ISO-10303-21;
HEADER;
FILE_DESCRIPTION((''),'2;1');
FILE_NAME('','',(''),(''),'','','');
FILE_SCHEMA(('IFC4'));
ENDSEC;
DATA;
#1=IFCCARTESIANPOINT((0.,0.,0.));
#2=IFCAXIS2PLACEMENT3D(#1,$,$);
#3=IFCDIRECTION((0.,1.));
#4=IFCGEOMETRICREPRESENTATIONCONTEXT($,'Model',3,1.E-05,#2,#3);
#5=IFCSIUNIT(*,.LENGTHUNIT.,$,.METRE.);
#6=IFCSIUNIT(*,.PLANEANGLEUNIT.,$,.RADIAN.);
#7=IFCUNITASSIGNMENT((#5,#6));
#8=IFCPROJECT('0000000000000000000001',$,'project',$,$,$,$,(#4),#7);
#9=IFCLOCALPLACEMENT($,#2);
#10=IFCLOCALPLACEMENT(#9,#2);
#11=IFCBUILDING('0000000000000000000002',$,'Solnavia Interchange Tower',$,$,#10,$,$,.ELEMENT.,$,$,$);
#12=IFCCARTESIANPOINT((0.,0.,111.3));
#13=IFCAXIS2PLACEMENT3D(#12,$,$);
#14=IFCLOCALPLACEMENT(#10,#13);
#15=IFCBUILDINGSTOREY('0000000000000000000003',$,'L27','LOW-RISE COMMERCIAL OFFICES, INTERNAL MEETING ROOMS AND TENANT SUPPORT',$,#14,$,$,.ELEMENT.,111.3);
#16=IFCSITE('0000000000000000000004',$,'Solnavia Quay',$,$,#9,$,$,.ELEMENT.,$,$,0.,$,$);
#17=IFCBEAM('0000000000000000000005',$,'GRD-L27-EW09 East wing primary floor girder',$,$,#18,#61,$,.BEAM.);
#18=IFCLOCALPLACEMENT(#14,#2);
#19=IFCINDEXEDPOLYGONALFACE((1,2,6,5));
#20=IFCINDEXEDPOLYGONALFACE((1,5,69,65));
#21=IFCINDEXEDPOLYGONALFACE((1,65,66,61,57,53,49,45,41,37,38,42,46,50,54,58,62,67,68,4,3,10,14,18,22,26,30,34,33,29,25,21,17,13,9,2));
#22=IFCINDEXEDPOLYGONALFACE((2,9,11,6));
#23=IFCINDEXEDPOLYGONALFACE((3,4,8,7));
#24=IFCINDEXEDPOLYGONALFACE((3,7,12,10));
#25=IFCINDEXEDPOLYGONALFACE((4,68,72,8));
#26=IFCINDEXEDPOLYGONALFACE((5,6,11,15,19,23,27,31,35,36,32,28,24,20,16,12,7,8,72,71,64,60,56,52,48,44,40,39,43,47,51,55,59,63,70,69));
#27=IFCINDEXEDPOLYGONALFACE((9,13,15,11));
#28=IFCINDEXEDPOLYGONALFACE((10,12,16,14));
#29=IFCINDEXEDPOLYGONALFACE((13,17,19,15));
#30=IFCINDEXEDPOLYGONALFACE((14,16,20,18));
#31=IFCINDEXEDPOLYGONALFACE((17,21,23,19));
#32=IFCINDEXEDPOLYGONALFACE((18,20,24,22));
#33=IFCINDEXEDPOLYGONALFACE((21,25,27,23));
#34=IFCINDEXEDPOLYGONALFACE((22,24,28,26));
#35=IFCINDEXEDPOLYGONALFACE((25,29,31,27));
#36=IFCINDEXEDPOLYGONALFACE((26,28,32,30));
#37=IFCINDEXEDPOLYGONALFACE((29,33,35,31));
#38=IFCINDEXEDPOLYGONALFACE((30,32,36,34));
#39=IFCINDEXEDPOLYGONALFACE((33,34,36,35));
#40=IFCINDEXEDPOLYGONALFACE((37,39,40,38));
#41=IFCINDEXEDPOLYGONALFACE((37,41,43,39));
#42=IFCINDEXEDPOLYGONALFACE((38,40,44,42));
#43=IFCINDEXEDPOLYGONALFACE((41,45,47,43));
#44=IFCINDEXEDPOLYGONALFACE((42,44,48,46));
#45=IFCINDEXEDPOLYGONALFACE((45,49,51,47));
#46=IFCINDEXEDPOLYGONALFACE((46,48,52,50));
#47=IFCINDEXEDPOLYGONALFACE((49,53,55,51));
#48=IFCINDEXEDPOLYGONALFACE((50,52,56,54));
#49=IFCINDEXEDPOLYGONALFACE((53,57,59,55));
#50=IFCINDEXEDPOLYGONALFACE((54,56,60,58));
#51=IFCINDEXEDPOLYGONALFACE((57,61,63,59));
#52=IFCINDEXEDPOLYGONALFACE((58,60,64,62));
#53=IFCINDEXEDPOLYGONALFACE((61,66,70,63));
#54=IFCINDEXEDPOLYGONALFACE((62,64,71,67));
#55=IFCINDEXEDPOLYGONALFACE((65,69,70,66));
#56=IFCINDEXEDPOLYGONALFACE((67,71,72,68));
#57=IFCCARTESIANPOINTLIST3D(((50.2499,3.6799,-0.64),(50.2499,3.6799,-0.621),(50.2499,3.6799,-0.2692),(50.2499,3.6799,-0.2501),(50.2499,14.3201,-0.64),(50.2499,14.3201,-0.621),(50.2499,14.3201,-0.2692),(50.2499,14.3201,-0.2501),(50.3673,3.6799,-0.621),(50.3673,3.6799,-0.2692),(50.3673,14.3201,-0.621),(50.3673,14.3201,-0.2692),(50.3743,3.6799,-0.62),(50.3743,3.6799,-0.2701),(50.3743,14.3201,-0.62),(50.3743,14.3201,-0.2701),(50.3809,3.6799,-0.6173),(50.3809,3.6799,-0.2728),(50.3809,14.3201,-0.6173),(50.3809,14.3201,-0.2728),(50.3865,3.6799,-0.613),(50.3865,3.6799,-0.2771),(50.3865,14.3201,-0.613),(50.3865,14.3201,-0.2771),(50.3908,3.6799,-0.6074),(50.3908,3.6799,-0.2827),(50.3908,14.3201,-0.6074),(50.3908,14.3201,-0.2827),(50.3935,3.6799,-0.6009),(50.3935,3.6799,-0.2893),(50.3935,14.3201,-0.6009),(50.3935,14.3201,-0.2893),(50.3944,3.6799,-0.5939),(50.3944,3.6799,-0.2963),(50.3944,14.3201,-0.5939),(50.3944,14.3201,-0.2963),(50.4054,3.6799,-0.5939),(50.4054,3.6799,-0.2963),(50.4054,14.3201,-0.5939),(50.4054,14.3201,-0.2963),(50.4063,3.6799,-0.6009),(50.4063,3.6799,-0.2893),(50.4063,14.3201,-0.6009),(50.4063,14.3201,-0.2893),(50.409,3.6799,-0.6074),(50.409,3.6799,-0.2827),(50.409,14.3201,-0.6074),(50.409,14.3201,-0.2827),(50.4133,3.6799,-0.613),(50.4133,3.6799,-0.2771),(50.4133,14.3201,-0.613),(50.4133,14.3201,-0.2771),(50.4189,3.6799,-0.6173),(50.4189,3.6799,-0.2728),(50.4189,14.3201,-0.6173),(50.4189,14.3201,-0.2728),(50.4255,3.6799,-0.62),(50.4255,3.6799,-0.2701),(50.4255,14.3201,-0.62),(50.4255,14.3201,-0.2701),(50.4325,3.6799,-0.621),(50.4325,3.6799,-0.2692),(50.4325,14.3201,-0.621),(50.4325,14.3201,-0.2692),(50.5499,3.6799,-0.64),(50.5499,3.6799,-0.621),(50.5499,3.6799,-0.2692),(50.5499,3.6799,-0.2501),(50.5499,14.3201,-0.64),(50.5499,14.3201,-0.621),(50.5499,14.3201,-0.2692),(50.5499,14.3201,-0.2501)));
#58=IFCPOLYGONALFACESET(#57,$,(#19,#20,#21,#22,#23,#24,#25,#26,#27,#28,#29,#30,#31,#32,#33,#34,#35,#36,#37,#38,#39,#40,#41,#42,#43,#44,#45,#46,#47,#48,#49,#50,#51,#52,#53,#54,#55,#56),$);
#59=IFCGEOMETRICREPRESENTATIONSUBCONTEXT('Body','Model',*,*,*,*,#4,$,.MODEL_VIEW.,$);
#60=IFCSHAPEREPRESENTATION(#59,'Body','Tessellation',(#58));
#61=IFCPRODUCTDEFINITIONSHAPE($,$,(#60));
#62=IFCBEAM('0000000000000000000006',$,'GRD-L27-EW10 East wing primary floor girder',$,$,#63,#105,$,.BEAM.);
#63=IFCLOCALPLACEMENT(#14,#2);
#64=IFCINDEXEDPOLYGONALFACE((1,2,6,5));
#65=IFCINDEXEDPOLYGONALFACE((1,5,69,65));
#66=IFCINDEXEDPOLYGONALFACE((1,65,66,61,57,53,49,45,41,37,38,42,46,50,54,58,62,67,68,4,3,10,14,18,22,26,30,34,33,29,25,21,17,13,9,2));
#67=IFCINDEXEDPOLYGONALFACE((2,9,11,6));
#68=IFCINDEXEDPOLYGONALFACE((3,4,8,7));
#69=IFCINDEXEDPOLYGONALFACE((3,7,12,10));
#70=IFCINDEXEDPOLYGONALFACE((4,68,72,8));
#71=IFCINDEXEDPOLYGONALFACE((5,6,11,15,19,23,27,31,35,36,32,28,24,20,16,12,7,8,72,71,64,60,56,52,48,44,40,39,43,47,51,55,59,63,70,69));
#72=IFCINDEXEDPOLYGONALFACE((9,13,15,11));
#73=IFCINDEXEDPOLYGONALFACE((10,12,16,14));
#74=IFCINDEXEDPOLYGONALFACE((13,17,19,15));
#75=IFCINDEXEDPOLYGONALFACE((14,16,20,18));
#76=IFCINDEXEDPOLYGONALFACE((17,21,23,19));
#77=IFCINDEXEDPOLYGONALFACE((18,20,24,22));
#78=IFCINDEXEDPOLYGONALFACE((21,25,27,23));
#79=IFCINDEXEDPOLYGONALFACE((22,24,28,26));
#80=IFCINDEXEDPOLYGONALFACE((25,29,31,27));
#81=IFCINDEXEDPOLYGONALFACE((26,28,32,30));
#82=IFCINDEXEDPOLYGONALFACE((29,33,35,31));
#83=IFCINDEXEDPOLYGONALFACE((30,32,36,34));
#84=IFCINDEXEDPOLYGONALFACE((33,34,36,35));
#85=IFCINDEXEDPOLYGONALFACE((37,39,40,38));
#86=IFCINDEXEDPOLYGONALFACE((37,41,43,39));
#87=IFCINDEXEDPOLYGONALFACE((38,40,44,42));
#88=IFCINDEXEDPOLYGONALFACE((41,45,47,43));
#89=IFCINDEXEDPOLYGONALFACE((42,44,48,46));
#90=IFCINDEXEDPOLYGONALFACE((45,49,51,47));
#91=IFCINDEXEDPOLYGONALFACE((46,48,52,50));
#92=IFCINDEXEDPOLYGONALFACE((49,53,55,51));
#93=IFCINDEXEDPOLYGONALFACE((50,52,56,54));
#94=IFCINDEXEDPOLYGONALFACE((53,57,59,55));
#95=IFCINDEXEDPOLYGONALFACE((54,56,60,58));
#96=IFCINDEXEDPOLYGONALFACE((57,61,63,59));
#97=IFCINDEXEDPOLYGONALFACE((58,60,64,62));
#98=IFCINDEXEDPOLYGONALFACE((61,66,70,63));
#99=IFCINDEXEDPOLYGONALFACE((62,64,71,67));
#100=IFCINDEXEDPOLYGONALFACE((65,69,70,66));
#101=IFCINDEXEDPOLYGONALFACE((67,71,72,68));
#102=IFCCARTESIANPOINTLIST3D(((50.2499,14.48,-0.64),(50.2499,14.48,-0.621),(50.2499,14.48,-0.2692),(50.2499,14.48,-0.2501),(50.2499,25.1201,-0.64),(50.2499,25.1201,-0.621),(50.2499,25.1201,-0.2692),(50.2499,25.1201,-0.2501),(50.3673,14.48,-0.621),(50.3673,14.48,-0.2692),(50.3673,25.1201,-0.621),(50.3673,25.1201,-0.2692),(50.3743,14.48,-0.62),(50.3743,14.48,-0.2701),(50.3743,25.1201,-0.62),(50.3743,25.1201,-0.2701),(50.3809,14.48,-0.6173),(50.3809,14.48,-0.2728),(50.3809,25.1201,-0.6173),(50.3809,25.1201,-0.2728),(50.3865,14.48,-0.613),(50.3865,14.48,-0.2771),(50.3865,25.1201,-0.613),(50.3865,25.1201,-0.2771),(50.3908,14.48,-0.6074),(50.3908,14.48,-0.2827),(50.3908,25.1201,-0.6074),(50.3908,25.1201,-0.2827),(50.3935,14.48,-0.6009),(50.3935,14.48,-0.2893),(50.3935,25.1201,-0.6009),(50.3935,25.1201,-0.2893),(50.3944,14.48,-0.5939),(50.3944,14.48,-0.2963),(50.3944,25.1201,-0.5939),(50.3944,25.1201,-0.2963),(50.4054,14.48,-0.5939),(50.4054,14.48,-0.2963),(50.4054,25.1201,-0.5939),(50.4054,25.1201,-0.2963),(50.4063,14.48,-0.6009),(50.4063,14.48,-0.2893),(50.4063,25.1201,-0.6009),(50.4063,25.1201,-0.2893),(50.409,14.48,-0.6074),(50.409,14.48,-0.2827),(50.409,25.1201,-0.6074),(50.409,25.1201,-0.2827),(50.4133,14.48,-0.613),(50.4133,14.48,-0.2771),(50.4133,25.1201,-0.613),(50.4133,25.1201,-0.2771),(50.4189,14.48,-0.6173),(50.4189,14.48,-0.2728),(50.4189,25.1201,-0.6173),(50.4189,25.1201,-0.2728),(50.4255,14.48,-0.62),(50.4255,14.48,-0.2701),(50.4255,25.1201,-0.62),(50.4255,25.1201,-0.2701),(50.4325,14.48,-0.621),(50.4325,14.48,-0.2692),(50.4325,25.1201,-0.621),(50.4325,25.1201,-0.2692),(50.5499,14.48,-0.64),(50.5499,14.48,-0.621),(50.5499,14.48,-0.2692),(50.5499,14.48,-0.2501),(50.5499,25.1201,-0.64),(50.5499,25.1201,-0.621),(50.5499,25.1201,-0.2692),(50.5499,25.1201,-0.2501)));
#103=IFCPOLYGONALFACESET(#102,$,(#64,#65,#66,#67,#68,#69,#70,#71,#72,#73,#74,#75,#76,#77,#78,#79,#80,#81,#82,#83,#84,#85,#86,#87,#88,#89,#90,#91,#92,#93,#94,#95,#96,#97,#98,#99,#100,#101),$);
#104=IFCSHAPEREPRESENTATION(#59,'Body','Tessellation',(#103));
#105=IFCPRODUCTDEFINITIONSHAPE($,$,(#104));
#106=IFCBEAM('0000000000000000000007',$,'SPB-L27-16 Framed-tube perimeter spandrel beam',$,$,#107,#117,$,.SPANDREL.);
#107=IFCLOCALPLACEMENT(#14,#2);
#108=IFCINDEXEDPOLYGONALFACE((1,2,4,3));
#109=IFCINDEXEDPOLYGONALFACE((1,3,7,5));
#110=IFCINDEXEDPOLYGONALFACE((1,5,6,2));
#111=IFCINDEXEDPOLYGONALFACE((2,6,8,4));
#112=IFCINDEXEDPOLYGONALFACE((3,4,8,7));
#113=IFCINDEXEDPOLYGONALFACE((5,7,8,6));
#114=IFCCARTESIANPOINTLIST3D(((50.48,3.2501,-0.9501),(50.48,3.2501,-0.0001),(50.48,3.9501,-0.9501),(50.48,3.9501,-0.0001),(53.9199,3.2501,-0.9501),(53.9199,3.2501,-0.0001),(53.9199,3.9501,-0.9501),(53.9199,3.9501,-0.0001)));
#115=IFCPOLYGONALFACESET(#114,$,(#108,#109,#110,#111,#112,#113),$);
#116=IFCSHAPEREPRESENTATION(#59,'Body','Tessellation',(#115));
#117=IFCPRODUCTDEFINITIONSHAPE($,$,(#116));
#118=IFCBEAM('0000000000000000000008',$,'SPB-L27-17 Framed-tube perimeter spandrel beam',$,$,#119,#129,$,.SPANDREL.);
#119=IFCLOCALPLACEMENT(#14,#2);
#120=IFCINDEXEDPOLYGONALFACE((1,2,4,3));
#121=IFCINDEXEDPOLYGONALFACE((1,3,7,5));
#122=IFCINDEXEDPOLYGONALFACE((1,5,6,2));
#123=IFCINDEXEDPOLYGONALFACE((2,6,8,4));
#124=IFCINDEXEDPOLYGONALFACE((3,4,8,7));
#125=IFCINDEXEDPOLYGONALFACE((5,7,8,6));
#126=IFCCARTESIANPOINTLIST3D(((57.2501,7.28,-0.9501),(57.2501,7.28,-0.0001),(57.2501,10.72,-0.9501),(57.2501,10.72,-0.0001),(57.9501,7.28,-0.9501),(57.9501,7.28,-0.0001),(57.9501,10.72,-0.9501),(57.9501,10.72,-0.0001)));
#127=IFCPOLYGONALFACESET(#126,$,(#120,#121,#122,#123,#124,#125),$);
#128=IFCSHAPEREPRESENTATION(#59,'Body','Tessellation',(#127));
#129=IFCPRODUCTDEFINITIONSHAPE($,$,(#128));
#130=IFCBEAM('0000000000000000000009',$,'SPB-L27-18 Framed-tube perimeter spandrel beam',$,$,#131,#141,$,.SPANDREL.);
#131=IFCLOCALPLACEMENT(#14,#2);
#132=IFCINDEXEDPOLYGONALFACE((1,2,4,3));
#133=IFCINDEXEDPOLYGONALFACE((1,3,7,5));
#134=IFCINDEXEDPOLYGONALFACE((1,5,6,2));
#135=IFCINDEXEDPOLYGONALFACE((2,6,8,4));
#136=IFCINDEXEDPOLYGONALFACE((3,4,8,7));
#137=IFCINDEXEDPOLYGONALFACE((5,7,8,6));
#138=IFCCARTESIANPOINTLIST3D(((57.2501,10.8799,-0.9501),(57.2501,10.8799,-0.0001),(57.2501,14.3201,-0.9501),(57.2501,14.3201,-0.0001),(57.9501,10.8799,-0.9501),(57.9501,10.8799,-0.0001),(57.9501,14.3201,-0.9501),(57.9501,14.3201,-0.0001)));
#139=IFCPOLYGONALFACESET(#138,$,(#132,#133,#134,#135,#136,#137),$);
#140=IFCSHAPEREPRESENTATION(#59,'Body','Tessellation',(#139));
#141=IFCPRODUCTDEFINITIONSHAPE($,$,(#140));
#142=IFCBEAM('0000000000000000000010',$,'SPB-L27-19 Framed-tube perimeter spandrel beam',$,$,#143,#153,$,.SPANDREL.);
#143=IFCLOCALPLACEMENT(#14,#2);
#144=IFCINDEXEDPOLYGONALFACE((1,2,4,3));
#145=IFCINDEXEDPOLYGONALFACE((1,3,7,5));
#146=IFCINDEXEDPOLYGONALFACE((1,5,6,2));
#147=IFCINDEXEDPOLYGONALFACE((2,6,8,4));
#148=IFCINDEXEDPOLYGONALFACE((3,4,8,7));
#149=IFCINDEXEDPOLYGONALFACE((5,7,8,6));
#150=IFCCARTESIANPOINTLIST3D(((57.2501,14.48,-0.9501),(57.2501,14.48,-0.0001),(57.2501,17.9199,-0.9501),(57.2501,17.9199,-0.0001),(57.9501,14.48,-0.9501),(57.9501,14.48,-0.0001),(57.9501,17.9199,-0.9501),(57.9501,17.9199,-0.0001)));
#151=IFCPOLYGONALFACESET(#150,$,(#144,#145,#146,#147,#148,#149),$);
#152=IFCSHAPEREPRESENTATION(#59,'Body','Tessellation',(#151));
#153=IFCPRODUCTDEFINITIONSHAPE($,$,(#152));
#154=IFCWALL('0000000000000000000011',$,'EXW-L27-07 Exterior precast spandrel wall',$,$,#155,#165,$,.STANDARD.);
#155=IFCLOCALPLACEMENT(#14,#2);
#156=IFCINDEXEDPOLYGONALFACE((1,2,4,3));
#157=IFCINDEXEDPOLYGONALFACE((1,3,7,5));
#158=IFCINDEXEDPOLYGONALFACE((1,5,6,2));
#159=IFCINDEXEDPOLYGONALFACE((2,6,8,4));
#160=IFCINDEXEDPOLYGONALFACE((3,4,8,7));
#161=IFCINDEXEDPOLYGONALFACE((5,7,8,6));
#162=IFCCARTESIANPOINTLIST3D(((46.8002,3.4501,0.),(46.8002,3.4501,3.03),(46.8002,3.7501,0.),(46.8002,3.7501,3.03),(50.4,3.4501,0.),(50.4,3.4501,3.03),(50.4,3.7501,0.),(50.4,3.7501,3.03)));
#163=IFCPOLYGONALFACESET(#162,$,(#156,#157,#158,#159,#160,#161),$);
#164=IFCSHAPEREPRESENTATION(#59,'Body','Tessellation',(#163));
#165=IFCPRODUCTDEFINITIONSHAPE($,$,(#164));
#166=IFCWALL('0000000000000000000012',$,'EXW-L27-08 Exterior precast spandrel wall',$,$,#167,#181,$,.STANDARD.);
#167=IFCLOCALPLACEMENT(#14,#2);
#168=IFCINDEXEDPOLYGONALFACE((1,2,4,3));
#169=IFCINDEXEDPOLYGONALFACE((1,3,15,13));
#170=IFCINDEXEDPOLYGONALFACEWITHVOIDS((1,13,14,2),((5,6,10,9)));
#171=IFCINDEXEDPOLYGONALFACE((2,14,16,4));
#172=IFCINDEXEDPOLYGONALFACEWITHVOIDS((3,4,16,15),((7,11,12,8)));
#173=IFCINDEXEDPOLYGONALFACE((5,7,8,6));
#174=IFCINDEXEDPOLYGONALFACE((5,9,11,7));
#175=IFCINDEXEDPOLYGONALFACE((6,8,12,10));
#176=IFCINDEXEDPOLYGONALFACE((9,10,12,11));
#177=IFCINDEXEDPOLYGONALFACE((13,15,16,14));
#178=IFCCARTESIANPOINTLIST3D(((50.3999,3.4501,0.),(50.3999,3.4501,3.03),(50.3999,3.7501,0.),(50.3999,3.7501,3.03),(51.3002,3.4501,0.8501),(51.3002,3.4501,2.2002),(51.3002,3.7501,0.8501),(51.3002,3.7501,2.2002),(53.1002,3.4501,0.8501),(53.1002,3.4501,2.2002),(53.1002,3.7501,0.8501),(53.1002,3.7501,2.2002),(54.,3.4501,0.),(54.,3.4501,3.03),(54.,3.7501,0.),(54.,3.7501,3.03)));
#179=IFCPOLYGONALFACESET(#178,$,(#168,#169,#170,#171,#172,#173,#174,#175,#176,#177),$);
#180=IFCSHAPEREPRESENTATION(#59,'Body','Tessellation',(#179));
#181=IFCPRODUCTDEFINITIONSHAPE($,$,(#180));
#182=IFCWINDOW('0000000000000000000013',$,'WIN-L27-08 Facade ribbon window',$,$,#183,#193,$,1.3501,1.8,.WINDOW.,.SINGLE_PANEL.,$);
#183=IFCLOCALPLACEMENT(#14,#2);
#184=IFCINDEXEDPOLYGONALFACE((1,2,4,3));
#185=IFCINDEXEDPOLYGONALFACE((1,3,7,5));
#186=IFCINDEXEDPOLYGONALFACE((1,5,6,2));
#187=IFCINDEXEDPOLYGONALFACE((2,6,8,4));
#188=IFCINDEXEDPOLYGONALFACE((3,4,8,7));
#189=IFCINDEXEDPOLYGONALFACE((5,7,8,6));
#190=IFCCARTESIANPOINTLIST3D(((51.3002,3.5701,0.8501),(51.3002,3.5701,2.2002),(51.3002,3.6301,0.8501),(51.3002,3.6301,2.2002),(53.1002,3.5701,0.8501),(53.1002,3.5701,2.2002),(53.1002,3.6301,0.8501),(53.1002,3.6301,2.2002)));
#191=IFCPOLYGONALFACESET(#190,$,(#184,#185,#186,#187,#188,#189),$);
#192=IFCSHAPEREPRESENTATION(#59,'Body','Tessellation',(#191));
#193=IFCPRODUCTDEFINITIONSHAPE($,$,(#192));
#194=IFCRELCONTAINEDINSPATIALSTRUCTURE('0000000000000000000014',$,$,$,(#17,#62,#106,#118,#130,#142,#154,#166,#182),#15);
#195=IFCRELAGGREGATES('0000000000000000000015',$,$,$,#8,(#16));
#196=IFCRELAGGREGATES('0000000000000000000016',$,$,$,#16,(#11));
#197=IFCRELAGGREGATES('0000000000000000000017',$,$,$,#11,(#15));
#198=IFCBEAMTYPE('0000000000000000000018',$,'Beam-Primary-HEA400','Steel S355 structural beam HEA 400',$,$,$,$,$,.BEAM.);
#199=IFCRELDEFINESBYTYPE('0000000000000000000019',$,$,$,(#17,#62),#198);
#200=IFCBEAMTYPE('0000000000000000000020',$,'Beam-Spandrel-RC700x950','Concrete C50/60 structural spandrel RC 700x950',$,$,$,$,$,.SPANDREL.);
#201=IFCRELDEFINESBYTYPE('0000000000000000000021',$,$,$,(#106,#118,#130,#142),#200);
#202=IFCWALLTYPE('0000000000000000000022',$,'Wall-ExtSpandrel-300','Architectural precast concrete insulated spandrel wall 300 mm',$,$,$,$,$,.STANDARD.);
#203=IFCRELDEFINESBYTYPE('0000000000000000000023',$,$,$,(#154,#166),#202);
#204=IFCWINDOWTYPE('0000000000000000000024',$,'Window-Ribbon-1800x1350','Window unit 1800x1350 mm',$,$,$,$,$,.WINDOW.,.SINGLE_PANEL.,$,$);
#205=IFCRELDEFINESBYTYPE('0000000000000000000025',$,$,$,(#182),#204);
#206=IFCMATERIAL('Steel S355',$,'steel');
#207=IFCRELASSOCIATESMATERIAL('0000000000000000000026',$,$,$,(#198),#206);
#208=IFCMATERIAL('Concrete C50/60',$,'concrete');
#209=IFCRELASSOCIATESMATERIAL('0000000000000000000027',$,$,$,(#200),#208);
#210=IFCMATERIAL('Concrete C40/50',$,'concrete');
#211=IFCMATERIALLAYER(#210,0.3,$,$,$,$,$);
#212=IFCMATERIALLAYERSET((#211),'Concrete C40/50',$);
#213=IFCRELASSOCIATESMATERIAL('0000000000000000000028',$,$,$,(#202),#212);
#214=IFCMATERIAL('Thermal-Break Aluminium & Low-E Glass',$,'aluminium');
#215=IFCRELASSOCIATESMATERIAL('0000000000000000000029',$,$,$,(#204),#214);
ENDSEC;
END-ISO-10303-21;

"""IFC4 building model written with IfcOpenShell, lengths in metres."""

from ifc_helpers import new_model, si_unit, direction, frame, frame_2d, origin, origin_2d, place, context, subcontext, project, spatial, rectangle, i_section, extrude, material, layer, layer_set, material_profile, profile_set, type_object, element, fill, save


model = new_model("IFC4")

# Units and contexts
model_context = context("Model", 3, precision=1e-05, world=origin(), true_north=direction((0.0, 1.0)))
body_context = subcontext(model_context, "Body", "Model", "MODEL_VIEW")
ifc_project = project(units=[si_unit("LENGTHUNIT", "METRE"), si_unit("PLANEANGLEUNIT", "RADIAN")], contexts=[model_context])

# Site, building, storey
site_placement = place(None, origin())
site = spatial("IfcSite", under=ifc_project, at=site_placement, Name="Solnavia Quay", CompositionType="ELEMENT", RefElevation=0.0)
building_placement = place(site_placement, origin())
building = spatial("IfcBuilding", under=site, at=building_placement, Name="Solnavia Interchange Tower", CompositionType="ELEMENT")
storey_placement = place(building_placement, frame((0.0, 0.0, 111.3)))
storey = spatial("IfcBuildingStorey", under=building, at=storey_placement, Name="L27", Description="LOW-RISE COMMERCIAL OFFICES, INTERNAL MEETING ROOMS AND TENANT SUPPORT", CompositionType="ELEMENT", Elevation=111.3)

# Shared definitions
ifc_material_1 = material(Name="Concrete C50/60", Category="concrete")
ifc_material_2 = material(Name="Steel S355", Category="steel")

# Beams
ifc_material_profile_1 = material_profile(ifc_material_2, i_section(OverallWidth=0.3, OverallDepth=0.3899, WebThickness=0.011, FlangeThickness=0.019, FilletRadius=0.0271, at=origin_2d()), Name="HEA 400")
ifc_profile_set_1 = profile_set([ifc_material_profile_1], Name="Steel S355")
beam_type_1 = type_object("IfcBeamType", Name="Beam-Primary-HEA400", Description="Steel S355 structural beam HEA 400", PredefinedType="BEAM", material=ifc_profile_set_1)
for number, where, z_axis, x_axis, name in (
    (1, (50.3999, 3.6799, -0.4451), (0.0, 1.0, 0.0), (-1.0, 0.0, 0.0), "GRD-L27-EW09 East wing primary floor girder"),
    (2, (50.3999, 14.48, -0.4451), (0.0, 1.0, 0.0), (-1.0, 0.0, 0.0), "GRD-L27-EW10 East wing primary floor girder"),
):
    element("IfcBeam", number, at=place(storey_placement, frame(where, z_axis=z_axis, x_axis=x_axis)), inside=storey, type_object=beam_type_1, Name=name, PredefinedType="BEAM", context=body_context, shape_type="SweptSolid", body=[
        extrude(i_section(OverallWidth=0.3, OverallDepth=0.3899, WebThickness=0.011, FlangeThickness=0.019, FilletRadius=0.0271, at=origin_2d()), origin(), (0.0, 0.0, 1.0), 10.6401),
    ])
ifc_material_profile_2 = material_profile(ifc_material_1, rectangle(XDim=0.7, YDim=0.95, at=origin_2d()), Name="RC 700x950")
ifc_profile_set_2 = profile_set([ifc_material_profile_2], Name="Concrete C50/60")
beam_type_2 = type_object("IfcBeamType", Name="Beam-Spandrel-RC700x950", Description="Concrete C50/60 structural spandrel RC 700x950", PredefinedType="SPANDREL", material=ifc_profile_set_2)
for number, where, z_axis, x_axis, name in (
    (3, (50.48, 3.6001, -0.4751), (1.0, 0.0, 0.0), (0.0, 1.0, 0.0), "SPB-L27-16 Framed-tube perimeter spandrel beam"),
    (4, (57.6001, 7.28, -0.4751), (0.0, 1.0, 0.0), (-1.0, 0.0, 0.0), "SPB-L27-17 Framed-tube perimeter spandrel beam"),
):
    element("IfcBeam", number, at=place(storey_placement, frame(where, z_axis=z_axis, x_axis=x_axis)), inside=storey, type_object=beam_type_2, Name=name, PredefinedType="SPANDREL", context=body_context, shape_type="SweptSolid", body=[
        extrude(rectangle(XDim=0.7, YDim=0.95, at=origin_2d()), origin(), (0.0, 0.0, 1.0), 3.4399),
    ])
beam_1_placement = place(storey_placement, frame((57.6001, 10.8799, -0.4751), z_axis=(0.0, 1.0, 0.0), x_axis=(-1.0, 0.0, 0.0)))
element("IfcBeam", 5, at=beam_1_placement, inside=storey, type_object=beam_type_2, Name="SPB-L27-18 Framed-tube perimeter spandrel beam", PredefinedType="SPANDREL", context=body_context, shape_type="SweptSolid", body=[
    extrude(rectangle(XDim=0.7, YDim=0.95, at=origin_2d()), origin(), (0.0, 0.0, 1.0), 3.4402),
])
beam_2_placement = place(storey_placement, frame((57.6001, 14.48, -0.4751), z_axis=(0.0, 1.0, 0.0), x_axis=(-1.0, 0.0, 0.0)))
element("IfcBeam", 6, at=beam_2_placement, inside=storey, type_object=beam_type_2, Name="SPB-L27-19 Framed-tube perimeter spandrel beam", PredefinedType="SPANDREL", context=body_context, shape_type="SweptSolid", body=[
    extrude(rectangle(XDim=0.7, YDim=0.95, at=origin_2d()), origin(), (0.0, 0.0, 1.0), 3.4399),
])

# Wall
ifc_material_3 = material(Name="Concrete C40/50", Category="concrete")
ifc_layer_1 = layer(ifc_material_3, 0.3)
ifc_layer_set_1 = layer_set([ifc_layer_1], Name="Concrete C40/50")
wall_type_1 = type_object("IfcWallType", Name="Wall-ExtSpandrel-300", Description="Architectural precast concrete insulated spandrel wall 300 mm", PredefinedType="STANDARD", material=ifc_layer_set_1)
wall_1_placement = place(storey_placement, frame((50.3999, 3.6001, 0.0), z_axis=(0.0, 0.0, 1.0), x_axis=(-1.0, 0.0, 0.0)))
element("IfcWall", 7, at=wall_1_placement, inside=storey, type_object=wall_type_1, Name="EXW-L27-07 Exterior precast spandrel wall", PredefinedType="STANDARD", context=body_context, shape_type="SweptSolid", body=[
    extrude(rectangle(XDim=3.5999, YDim=0.3, at=frame_2d((1.7998, 0.0))), origin(), (0.0, 0.0, 1.0), 3.03),
])

# Wall, opening, window
wall_2_placement = place(storey_placement, frame((54.0, 3.6001, 0.0), z_axis=(0.0, 0.0, 1.0), x_axis=(-1.0, 0.0, 0.0)))
wall_2 = element("IfcWall", 8, at=wall_2_placement, inside=storey, type_object=wall_type_1, Name="EXW-L27-08 Exterior precast spandrel wall", PredefinedType="STANDARD", context=body_context, shape_type="SweptSolid", body=[
    extrude(rectangle(XDim=3.6001, YDim=0.3, at=frame_2d((1.8, 0.0))), origin(), (0.0, 0.0, 1.0), 3.03),
])
opening_1_placement = place(wall_2_placement, frame((0.8999, 0.0, 0.8501)))
opening_1 = element("IfcOpeningElement", 9, at=opening_1_placement, cuts=wall_2, PredefinedType="OPENING", context=body_context, shape_type="SweptSolid", body=[
    extrude(rectangle(XDim=1.8, YDim=1.3501, at=frame_2d((0.8999, 0.675))), frame((0.0, 0.1602, 0.0), z_axis=(0.0, -1.0, 0.0), x_axis=(1.0, 0.0, 0.0)), (0.0, 0.0, 1.0), 0.3201),
])
ifc_material_4 = material(Name="Thermal-Break Aluminium & Low-E Glass", Category="aluminium")
window_type = type_object("IfcWindowType", Name="Window-Ribbon-1800x1350", Description="Window unit 1800x1350 mm", PartitioningType="SINGLE_PANEL", PredefinedType="WINDOW", material=ifc_material_4)
window_1_placement = place(opening_1_placement, origin())
window_1 = element("IfcWindow", 10, at=window_1_placement, inside=storey, type_object=window_type, Name="WIN-L27-08 Facade ribbon window", OverallHeight=1.3501, OverallWidth=1.8, PartitioningType="SINGLE_PANEL", PredefinedType="WINDOW", context=body_context, shape_type="SweptSolid", body=[
    extrude(rectangle(XDim=1.8, YDim=1.3501, at=frame_2d((0.8999, 0.675))), frame((0.0, 0.03, 0.0), z_axis=(0.0, -1.0, 0.0), x_axis=(1.0, 0.0, 0.0)), (0.0, 0.0, 1.0), 0.0601),
])
fill(opening_1, window_1)

save(model, "model.ifc")
